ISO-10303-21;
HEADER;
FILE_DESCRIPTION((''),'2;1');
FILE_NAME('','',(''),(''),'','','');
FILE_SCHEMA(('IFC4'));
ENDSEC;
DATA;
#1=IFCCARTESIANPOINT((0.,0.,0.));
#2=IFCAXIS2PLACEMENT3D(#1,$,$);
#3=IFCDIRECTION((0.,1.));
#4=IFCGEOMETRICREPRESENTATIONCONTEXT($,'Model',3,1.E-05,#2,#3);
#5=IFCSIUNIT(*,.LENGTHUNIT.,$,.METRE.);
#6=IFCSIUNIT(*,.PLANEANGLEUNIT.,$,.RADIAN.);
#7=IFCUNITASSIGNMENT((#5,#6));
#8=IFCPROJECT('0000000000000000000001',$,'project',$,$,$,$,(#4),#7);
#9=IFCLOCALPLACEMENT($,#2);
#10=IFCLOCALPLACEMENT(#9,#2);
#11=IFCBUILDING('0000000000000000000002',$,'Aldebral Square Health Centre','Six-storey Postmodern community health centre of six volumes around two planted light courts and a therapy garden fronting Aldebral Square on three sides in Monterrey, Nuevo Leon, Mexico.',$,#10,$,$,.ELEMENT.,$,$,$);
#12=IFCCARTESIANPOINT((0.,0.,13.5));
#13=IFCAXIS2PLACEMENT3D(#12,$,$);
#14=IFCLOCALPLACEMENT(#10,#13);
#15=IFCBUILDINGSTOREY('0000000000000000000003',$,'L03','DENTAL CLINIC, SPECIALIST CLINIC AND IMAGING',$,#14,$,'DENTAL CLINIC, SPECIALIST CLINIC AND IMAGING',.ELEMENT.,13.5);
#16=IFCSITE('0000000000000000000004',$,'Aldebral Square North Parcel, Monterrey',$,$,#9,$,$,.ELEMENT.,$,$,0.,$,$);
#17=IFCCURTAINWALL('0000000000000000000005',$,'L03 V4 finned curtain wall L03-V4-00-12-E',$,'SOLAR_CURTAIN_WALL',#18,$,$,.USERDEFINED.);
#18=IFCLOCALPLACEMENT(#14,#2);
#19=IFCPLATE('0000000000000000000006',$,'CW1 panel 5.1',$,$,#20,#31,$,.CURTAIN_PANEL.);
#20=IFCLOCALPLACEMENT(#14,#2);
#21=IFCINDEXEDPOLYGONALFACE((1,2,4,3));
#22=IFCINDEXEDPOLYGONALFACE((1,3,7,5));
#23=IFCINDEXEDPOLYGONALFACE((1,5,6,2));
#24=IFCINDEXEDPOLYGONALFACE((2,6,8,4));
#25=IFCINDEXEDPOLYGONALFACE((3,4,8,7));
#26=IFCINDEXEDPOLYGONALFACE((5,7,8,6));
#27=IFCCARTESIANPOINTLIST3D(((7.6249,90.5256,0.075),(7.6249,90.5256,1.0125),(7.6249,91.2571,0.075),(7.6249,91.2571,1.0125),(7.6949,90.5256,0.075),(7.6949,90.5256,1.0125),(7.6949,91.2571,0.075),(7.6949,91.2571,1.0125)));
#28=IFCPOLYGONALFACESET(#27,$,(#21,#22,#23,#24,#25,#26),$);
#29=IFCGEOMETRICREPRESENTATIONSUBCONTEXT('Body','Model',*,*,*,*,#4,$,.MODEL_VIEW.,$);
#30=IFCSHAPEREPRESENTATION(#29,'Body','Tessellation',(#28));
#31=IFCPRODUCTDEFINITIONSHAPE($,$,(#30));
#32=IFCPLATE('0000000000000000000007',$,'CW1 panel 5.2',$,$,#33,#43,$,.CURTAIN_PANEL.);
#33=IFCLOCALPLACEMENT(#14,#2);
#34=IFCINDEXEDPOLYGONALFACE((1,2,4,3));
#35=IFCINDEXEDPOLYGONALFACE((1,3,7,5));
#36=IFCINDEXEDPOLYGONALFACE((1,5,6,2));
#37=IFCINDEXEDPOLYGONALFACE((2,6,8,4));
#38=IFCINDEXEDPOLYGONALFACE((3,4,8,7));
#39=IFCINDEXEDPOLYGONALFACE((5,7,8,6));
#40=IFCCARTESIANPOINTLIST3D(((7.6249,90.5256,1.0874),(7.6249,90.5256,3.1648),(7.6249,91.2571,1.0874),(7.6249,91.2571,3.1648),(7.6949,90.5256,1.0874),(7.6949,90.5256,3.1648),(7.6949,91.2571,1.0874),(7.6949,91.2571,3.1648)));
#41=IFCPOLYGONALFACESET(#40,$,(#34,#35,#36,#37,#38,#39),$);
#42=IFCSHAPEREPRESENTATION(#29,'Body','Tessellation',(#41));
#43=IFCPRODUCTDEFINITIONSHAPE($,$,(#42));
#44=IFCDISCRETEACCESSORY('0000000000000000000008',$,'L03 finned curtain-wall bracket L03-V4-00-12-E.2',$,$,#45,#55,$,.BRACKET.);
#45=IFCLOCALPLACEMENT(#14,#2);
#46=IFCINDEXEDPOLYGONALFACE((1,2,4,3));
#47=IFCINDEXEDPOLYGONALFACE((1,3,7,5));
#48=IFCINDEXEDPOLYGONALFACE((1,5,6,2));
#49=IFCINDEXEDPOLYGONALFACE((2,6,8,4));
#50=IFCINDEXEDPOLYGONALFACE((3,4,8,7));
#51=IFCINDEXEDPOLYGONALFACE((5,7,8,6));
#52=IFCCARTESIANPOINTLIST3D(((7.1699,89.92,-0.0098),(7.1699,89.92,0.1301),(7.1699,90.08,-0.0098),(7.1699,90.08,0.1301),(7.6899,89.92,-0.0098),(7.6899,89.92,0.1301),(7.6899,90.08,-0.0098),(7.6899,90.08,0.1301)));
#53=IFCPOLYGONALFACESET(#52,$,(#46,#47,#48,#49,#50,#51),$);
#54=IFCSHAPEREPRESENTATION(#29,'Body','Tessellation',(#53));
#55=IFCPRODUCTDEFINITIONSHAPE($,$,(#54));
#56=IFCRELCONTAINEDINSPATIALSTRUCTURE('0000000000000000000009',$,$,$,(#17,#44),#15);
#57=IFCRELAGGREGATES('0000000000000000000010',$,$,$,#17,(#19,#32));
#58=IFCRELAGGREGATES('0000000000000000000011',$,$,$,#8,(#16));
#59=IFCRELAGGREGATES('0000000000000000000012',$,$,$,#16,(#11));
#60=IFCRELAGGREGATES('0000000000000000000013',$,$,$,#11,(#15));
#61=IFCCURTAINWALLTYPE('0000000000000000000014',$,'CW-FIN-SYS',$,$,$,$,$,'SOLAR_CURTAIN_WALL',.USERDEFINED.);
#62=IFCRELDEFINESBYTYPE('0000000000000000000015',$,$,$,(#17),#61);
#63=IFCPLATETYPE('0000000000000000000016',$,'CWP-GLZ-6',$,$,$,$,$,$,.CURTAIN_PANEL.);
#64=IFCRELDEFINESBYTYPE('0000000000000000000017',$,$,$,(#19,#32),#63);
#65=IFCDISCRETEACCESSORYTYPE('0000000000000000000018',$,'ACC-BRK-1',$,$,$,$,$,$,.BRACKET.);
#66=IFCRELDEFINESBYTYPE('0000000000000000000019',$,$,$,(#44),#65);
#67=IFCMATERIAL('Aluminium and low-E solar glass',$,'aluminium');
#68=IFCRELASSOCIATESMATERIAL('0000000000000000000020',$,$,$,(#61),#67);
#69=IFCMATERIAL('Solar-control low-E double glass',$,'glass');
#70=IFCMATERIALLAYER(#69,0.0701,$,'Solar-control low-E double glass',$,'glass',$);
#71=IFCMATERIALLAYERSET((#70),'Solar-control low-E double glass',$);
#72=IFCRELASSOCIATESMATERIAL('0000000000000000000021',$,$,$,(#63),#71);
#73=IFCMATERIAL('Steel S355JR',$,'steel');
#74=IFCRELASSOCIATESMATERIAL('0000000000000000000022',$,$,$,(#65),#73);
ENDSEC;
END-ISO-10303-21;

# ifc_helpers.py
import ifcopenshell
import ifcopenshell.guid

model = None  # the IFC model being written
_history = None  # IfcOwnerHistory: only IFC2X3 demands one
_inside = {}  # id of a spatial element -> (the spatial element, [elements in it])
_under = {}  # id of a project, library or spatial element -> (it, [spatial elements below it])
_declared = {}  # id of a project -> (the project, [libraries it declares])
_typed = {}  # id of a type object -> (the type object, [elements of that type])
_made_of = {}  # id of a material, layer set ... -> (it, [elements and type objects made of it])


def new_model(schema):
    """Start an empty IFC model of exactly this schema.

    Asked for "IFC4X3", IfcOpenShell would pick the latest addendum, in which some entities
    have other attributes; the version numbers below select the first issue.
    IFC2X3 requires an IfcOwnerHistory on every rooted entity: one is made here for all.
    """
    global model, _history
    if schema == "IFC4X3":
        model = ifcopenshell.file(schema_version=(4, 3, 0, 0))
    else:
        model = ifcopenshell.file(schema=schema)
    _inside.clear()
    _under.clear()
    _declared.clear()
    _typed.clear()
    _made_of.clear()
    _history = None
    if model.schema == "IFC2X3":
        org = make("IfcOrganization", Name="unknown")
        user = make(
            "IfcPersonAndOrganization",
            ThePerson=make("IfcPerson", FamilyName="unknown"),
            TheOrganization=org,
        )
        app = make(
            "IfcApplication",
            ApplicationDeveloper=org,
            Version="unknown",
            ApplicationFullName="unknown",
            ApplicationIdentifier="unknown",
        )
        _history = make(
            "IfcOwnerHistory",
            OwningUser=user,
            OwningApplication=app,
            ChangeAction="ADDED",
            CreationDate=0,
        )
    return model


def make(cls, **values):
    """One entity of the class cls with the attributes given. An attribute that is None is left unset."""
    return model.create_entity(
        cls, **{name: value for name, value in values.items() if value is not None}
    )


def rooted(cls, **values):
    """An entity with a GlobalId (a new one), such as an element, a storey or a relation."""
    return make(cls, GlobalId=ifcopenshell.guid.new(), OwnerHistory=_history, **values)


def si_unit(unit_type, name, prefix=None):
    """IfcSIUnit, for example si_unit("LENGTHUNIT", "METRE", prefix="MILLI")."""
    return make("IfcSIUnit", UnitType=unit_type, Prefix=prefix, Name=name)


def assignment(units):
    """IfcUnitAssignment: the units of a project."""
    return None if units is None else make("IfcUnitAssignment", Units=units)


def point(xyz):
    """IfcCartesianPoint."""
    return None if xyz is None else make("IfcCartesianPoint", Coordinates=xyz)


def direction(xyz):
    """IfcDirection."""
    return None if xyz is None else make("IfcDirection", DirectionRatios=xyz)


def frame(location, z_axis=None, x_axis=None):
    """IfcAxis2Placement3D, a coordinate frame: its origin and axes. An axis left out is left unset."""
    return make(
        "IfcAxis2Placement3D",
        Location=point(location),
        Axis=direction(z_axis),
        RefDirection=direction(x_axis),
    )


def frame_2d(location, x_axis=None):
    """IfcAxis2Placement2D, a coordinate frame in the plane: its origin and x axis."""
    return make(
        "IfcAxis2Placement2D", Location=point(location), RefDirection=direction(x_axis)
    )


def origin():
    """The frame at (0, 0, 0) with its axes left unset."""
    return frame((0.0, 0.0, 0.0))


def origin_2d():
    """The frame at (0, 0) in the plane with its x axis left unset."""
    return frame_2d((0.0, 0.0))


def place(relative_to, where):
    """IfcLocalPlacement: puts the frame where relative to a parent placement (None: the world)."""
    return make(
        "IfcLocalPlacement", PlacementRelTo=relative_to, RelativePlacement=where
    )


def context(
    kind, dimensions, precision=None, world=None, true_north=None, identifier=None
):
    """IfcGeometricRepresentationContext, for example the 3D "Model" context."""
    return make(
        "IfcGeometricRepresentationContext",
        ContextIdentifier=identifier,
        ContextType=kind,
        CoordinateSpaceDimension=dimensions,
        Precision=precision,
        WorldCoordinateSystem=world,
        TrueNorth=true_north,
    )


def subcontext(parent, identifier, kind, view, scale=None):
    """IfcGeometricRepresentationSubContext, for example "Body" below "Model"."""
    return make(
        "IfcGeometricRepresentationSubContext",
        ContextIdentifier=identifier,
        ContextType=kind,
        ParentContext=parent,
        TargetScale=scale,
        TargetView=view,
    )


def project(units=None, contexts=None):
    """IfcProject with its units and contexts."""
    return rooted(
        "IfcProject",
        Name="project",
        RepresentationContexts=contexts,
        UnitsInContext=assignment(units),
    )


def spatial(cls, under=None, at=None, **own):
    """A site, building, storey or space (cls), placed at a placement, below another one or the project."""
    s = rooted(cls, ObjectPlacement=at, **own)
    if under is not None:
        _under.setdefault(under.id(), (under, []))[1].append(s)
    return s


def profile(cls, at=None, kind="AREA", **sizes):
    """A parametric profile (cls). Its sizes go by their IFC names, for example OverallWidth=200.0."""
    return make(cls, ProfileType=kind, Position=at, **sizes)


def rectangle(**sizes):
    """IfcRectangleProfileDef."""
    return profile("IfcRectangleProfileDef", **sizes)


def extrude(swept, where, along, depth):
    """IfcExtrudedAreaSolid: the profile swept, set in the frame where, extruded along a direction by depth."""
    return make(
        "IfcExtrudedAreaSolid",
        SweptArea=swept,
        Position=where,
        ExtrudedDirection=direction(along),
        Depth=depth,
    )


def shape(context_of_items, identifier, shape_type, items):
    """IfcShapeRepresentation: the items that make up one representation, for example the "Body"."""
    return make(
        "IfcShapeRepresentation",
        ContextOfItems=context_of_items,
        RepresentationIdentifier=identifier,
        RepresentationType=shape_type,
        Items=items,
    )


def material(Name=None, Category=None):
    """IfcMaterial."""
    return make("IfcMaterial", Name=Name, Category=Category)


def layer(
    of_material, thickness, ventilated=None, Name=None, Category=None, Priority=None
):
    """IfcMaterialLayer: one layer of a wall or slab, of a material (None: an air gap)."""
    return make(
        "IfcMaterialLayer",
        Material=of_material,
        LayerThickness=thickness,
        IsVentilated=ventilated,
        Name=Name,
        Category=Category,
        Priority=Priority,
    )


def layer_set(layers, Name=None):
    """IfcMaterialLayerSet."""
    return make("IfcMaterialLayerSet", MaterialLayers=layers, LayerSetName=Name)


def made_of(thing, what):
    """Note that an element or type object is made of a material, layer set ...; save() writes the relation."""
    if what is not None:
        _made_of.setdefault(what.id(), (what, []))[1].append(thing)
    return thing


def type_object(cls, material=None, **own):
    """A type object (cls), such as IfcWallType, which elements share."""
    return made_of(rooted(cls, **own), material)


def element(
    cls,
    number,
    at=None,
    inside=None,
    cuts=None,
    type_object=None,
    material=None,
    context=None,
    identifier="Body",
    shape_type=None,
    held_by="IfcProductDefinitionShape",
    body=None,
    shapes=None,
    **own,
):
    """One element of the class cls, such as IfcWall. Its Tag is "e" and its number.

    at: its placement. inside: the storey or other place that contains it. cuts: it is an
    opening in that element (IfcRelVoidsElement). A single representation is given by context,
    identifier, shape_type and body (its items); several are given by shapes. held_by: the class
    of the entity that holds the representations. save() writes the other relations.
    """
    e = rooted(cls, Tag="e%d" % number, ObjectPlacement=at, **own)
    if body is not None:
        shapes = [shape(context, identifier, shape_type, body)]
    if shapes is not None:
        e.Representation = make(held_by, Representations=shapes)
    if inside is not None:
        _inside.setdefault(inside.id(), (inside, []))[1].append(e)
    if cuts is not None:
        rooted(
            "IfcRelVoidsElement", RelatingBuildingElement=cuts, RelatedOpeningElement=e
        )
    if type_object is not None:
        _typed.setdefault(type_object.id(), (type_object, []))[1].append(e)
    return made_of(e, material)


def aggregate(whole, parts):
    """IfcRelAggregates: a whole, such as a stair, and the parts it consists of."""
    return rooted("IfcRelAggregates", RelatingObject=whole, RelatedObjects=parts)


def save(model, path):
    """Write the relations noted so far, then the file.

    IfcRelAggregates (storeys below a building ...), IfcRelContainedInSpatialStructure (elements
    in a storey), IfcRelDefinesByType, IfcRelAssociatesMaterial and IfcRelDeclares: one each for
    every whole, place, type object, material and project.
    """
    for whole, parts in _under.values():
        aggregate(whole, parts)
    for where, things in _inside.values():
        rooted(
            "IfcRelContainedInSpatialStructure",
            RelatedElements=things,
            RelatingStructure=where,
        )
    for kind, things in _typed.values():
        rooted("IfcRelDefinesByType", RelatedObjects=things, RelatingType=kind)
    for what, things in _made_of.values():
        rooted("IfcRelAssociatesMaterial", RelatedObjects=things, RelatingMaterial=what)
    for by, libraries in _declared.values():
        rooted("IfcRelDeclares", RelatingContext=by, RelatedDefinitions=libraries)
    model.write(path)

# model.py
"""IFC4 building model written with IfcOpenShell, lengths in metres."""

from ifc_helpers import new_model, si_unit, direction, frame, origin, origin_2d, place, context, subcontext, project, spatial, rectangle, extrude, material, layer, layer_set, type_object, element, aggregate, save


model = new_model("IFC4")

# Units and contexts
model_context = context("Model", 3, precision=1e-05, world=origin(), true_north=direction((0.0, 1.0)))
body_context = subcontext(model_context, "Body", "Model", "MODEL_VIEW")
ifc_project = project(units=[si_unit("LENGTHUNIT", "METRE"), si_unit("PLANEANGLEUNIT", "RADIAN")], contexts=[model_context])

# Site, building, storey
site_placement = place(None, origin())
site = spatial("IfcSite", under=ifc_project, at=site_placement, Name="Aldebral Square North Parcel, Monterrey", CompositionType="ELEMENT", RefElevation=0.0)
building_placement = place(site_placement, origin())
building = spatial("IfcBuilding", under=site, at=building_placement, Name="Aldebral Square Health Centre", Description="Six-storey Postmodern community health centre of six volumes around two planted light courts and a therapy garden fronting Aldebral Square on three sides in Monterrey, Nuevo Leon, Mexico.", CompositionType="ELEMENT")
storey_placement = place(building_placement, frame((0.0, 0.0, 13.5)))
storey = spatial("IfcBuildingStorey", under=building, at=storey_placement, Name="L03", Description="DENTAL CLINIC, SPECIALIST CLINIC AND IMAGING", LongName="DENTAL CLINIC, SPECIALIST CLINIC AND IMAGING", CompositionType="ELEMENT", Elevation=13.5)

# Curtain wall, plates
ifc_material_1 = material(Name="Aluminium and low-E solar glass", Category="aluminium")
curtain_wall_type = type_object("IfcCurtainWallType", Name="CW-FIN-SYS", ElementType="SOLAR_CURTAIN_WALL", PredefinedType="USERDEFINED", material=ifc_material_1)
curtain_wall_placement = place(storey_placement, origin())
curtain_wall = element("IfcCurtainWall", 1, at=curtain_wall_placement, inside=storey, type_object=curtain_wall_type, Name="L03 V4 finned curtain wall L03-V4-00-12-E", ObjectType="SOLAR_CURTAIN_WALL", PredefinedType="USERDEFINED")
ifc_material_2 = material(Name="Solar-control low-E double glass", Category="glass")
ifc_layer = layer(ifc_material_2, 0.0701, Name="Solar-control low-E double glass", Category="glass")
ifc_layer_set = layer_set([ifc_layer], Name="Solar-control low-E double glass")
plate_type = type_object("IfcPlateType", Name="CWP-GLZ-6", PredefinedType="CURTAIN_PANEL", material=ifc_layer_set)
plate_1_placement = place(storey_placement, frame((7.6599, 90.8914, 0.075), z_axis=(0.0, 0.0, 1.0), x_axis=(0.0, 1.0, 0.0)))
plate_1 = element("IfcPlate", 2, at=plate_1_placement, type_object=plate_type, Name="CW1 panel 5.1", PredefinedType="CURTAIN_PANEL", context=body_context, shape_type="SweptSolid", body=[
    extrude(rectangle(XDim=0.7314, YDim=0.0701, at=origin_2d()), origin(), (0.0, 0.0, 1.0), 0.9375),
])
plate_2_placement = place(storey_placement, frame((7.6599, 90.8914, 1.0874), z_axis=(0.0, 0.0, 1.0), x_axis=(0.0, 1.0, 0.0)))
plate_2 = element("IfcPlate", 3, at=plate_2_placement, type_object=plate_type, Name="CW1 panel 5.2", PredefinedType="CURTAIN_PANEL", context=body_context, shape_type="SweptSolid", body=[
    extrude(rectangle(XDim=0.7314, YDim=0.0701, at=origin_2d()), origin(), (0.0, 0.0, 1.0), 2.0774),
])
aggregate(curtain_wall, [plate_1, plate_2])

# Discrete accessory
ifc_material_3 = material(Name="Steel S355JR", Category="steel")
discrete_accessory_type = type_object("IfcDiscreteAccessoryType", Name="ACC-BRK-1", PredefinedType="BRACKET", material=ifc_material_3)
discrete_accessory_placement = place(storey_placement, frame((7.4299, 90.0, -0.0098), z_axis=(0.0, 0.0, 1.0), x_axis=(0.0, 1.0, 0.0)))
element("IfcDiscreteAccessory", 4, at=discrete_accessory_placement, inside=storey, type_object=discrete_accessory_type, Name="L03 finned curtain-wall bracket L03-V4-00-12-E.2", PredefinedType="BRACKET", context=body_context, shape_type="SweptSolid", body=[
    extrude(rectangle(XDim=0.1599, YDim=0.52, at=origin_2d()), origin(), (0.0, 0.0, 1.0), 0.1399),
])

save(model, "model.ifc")
